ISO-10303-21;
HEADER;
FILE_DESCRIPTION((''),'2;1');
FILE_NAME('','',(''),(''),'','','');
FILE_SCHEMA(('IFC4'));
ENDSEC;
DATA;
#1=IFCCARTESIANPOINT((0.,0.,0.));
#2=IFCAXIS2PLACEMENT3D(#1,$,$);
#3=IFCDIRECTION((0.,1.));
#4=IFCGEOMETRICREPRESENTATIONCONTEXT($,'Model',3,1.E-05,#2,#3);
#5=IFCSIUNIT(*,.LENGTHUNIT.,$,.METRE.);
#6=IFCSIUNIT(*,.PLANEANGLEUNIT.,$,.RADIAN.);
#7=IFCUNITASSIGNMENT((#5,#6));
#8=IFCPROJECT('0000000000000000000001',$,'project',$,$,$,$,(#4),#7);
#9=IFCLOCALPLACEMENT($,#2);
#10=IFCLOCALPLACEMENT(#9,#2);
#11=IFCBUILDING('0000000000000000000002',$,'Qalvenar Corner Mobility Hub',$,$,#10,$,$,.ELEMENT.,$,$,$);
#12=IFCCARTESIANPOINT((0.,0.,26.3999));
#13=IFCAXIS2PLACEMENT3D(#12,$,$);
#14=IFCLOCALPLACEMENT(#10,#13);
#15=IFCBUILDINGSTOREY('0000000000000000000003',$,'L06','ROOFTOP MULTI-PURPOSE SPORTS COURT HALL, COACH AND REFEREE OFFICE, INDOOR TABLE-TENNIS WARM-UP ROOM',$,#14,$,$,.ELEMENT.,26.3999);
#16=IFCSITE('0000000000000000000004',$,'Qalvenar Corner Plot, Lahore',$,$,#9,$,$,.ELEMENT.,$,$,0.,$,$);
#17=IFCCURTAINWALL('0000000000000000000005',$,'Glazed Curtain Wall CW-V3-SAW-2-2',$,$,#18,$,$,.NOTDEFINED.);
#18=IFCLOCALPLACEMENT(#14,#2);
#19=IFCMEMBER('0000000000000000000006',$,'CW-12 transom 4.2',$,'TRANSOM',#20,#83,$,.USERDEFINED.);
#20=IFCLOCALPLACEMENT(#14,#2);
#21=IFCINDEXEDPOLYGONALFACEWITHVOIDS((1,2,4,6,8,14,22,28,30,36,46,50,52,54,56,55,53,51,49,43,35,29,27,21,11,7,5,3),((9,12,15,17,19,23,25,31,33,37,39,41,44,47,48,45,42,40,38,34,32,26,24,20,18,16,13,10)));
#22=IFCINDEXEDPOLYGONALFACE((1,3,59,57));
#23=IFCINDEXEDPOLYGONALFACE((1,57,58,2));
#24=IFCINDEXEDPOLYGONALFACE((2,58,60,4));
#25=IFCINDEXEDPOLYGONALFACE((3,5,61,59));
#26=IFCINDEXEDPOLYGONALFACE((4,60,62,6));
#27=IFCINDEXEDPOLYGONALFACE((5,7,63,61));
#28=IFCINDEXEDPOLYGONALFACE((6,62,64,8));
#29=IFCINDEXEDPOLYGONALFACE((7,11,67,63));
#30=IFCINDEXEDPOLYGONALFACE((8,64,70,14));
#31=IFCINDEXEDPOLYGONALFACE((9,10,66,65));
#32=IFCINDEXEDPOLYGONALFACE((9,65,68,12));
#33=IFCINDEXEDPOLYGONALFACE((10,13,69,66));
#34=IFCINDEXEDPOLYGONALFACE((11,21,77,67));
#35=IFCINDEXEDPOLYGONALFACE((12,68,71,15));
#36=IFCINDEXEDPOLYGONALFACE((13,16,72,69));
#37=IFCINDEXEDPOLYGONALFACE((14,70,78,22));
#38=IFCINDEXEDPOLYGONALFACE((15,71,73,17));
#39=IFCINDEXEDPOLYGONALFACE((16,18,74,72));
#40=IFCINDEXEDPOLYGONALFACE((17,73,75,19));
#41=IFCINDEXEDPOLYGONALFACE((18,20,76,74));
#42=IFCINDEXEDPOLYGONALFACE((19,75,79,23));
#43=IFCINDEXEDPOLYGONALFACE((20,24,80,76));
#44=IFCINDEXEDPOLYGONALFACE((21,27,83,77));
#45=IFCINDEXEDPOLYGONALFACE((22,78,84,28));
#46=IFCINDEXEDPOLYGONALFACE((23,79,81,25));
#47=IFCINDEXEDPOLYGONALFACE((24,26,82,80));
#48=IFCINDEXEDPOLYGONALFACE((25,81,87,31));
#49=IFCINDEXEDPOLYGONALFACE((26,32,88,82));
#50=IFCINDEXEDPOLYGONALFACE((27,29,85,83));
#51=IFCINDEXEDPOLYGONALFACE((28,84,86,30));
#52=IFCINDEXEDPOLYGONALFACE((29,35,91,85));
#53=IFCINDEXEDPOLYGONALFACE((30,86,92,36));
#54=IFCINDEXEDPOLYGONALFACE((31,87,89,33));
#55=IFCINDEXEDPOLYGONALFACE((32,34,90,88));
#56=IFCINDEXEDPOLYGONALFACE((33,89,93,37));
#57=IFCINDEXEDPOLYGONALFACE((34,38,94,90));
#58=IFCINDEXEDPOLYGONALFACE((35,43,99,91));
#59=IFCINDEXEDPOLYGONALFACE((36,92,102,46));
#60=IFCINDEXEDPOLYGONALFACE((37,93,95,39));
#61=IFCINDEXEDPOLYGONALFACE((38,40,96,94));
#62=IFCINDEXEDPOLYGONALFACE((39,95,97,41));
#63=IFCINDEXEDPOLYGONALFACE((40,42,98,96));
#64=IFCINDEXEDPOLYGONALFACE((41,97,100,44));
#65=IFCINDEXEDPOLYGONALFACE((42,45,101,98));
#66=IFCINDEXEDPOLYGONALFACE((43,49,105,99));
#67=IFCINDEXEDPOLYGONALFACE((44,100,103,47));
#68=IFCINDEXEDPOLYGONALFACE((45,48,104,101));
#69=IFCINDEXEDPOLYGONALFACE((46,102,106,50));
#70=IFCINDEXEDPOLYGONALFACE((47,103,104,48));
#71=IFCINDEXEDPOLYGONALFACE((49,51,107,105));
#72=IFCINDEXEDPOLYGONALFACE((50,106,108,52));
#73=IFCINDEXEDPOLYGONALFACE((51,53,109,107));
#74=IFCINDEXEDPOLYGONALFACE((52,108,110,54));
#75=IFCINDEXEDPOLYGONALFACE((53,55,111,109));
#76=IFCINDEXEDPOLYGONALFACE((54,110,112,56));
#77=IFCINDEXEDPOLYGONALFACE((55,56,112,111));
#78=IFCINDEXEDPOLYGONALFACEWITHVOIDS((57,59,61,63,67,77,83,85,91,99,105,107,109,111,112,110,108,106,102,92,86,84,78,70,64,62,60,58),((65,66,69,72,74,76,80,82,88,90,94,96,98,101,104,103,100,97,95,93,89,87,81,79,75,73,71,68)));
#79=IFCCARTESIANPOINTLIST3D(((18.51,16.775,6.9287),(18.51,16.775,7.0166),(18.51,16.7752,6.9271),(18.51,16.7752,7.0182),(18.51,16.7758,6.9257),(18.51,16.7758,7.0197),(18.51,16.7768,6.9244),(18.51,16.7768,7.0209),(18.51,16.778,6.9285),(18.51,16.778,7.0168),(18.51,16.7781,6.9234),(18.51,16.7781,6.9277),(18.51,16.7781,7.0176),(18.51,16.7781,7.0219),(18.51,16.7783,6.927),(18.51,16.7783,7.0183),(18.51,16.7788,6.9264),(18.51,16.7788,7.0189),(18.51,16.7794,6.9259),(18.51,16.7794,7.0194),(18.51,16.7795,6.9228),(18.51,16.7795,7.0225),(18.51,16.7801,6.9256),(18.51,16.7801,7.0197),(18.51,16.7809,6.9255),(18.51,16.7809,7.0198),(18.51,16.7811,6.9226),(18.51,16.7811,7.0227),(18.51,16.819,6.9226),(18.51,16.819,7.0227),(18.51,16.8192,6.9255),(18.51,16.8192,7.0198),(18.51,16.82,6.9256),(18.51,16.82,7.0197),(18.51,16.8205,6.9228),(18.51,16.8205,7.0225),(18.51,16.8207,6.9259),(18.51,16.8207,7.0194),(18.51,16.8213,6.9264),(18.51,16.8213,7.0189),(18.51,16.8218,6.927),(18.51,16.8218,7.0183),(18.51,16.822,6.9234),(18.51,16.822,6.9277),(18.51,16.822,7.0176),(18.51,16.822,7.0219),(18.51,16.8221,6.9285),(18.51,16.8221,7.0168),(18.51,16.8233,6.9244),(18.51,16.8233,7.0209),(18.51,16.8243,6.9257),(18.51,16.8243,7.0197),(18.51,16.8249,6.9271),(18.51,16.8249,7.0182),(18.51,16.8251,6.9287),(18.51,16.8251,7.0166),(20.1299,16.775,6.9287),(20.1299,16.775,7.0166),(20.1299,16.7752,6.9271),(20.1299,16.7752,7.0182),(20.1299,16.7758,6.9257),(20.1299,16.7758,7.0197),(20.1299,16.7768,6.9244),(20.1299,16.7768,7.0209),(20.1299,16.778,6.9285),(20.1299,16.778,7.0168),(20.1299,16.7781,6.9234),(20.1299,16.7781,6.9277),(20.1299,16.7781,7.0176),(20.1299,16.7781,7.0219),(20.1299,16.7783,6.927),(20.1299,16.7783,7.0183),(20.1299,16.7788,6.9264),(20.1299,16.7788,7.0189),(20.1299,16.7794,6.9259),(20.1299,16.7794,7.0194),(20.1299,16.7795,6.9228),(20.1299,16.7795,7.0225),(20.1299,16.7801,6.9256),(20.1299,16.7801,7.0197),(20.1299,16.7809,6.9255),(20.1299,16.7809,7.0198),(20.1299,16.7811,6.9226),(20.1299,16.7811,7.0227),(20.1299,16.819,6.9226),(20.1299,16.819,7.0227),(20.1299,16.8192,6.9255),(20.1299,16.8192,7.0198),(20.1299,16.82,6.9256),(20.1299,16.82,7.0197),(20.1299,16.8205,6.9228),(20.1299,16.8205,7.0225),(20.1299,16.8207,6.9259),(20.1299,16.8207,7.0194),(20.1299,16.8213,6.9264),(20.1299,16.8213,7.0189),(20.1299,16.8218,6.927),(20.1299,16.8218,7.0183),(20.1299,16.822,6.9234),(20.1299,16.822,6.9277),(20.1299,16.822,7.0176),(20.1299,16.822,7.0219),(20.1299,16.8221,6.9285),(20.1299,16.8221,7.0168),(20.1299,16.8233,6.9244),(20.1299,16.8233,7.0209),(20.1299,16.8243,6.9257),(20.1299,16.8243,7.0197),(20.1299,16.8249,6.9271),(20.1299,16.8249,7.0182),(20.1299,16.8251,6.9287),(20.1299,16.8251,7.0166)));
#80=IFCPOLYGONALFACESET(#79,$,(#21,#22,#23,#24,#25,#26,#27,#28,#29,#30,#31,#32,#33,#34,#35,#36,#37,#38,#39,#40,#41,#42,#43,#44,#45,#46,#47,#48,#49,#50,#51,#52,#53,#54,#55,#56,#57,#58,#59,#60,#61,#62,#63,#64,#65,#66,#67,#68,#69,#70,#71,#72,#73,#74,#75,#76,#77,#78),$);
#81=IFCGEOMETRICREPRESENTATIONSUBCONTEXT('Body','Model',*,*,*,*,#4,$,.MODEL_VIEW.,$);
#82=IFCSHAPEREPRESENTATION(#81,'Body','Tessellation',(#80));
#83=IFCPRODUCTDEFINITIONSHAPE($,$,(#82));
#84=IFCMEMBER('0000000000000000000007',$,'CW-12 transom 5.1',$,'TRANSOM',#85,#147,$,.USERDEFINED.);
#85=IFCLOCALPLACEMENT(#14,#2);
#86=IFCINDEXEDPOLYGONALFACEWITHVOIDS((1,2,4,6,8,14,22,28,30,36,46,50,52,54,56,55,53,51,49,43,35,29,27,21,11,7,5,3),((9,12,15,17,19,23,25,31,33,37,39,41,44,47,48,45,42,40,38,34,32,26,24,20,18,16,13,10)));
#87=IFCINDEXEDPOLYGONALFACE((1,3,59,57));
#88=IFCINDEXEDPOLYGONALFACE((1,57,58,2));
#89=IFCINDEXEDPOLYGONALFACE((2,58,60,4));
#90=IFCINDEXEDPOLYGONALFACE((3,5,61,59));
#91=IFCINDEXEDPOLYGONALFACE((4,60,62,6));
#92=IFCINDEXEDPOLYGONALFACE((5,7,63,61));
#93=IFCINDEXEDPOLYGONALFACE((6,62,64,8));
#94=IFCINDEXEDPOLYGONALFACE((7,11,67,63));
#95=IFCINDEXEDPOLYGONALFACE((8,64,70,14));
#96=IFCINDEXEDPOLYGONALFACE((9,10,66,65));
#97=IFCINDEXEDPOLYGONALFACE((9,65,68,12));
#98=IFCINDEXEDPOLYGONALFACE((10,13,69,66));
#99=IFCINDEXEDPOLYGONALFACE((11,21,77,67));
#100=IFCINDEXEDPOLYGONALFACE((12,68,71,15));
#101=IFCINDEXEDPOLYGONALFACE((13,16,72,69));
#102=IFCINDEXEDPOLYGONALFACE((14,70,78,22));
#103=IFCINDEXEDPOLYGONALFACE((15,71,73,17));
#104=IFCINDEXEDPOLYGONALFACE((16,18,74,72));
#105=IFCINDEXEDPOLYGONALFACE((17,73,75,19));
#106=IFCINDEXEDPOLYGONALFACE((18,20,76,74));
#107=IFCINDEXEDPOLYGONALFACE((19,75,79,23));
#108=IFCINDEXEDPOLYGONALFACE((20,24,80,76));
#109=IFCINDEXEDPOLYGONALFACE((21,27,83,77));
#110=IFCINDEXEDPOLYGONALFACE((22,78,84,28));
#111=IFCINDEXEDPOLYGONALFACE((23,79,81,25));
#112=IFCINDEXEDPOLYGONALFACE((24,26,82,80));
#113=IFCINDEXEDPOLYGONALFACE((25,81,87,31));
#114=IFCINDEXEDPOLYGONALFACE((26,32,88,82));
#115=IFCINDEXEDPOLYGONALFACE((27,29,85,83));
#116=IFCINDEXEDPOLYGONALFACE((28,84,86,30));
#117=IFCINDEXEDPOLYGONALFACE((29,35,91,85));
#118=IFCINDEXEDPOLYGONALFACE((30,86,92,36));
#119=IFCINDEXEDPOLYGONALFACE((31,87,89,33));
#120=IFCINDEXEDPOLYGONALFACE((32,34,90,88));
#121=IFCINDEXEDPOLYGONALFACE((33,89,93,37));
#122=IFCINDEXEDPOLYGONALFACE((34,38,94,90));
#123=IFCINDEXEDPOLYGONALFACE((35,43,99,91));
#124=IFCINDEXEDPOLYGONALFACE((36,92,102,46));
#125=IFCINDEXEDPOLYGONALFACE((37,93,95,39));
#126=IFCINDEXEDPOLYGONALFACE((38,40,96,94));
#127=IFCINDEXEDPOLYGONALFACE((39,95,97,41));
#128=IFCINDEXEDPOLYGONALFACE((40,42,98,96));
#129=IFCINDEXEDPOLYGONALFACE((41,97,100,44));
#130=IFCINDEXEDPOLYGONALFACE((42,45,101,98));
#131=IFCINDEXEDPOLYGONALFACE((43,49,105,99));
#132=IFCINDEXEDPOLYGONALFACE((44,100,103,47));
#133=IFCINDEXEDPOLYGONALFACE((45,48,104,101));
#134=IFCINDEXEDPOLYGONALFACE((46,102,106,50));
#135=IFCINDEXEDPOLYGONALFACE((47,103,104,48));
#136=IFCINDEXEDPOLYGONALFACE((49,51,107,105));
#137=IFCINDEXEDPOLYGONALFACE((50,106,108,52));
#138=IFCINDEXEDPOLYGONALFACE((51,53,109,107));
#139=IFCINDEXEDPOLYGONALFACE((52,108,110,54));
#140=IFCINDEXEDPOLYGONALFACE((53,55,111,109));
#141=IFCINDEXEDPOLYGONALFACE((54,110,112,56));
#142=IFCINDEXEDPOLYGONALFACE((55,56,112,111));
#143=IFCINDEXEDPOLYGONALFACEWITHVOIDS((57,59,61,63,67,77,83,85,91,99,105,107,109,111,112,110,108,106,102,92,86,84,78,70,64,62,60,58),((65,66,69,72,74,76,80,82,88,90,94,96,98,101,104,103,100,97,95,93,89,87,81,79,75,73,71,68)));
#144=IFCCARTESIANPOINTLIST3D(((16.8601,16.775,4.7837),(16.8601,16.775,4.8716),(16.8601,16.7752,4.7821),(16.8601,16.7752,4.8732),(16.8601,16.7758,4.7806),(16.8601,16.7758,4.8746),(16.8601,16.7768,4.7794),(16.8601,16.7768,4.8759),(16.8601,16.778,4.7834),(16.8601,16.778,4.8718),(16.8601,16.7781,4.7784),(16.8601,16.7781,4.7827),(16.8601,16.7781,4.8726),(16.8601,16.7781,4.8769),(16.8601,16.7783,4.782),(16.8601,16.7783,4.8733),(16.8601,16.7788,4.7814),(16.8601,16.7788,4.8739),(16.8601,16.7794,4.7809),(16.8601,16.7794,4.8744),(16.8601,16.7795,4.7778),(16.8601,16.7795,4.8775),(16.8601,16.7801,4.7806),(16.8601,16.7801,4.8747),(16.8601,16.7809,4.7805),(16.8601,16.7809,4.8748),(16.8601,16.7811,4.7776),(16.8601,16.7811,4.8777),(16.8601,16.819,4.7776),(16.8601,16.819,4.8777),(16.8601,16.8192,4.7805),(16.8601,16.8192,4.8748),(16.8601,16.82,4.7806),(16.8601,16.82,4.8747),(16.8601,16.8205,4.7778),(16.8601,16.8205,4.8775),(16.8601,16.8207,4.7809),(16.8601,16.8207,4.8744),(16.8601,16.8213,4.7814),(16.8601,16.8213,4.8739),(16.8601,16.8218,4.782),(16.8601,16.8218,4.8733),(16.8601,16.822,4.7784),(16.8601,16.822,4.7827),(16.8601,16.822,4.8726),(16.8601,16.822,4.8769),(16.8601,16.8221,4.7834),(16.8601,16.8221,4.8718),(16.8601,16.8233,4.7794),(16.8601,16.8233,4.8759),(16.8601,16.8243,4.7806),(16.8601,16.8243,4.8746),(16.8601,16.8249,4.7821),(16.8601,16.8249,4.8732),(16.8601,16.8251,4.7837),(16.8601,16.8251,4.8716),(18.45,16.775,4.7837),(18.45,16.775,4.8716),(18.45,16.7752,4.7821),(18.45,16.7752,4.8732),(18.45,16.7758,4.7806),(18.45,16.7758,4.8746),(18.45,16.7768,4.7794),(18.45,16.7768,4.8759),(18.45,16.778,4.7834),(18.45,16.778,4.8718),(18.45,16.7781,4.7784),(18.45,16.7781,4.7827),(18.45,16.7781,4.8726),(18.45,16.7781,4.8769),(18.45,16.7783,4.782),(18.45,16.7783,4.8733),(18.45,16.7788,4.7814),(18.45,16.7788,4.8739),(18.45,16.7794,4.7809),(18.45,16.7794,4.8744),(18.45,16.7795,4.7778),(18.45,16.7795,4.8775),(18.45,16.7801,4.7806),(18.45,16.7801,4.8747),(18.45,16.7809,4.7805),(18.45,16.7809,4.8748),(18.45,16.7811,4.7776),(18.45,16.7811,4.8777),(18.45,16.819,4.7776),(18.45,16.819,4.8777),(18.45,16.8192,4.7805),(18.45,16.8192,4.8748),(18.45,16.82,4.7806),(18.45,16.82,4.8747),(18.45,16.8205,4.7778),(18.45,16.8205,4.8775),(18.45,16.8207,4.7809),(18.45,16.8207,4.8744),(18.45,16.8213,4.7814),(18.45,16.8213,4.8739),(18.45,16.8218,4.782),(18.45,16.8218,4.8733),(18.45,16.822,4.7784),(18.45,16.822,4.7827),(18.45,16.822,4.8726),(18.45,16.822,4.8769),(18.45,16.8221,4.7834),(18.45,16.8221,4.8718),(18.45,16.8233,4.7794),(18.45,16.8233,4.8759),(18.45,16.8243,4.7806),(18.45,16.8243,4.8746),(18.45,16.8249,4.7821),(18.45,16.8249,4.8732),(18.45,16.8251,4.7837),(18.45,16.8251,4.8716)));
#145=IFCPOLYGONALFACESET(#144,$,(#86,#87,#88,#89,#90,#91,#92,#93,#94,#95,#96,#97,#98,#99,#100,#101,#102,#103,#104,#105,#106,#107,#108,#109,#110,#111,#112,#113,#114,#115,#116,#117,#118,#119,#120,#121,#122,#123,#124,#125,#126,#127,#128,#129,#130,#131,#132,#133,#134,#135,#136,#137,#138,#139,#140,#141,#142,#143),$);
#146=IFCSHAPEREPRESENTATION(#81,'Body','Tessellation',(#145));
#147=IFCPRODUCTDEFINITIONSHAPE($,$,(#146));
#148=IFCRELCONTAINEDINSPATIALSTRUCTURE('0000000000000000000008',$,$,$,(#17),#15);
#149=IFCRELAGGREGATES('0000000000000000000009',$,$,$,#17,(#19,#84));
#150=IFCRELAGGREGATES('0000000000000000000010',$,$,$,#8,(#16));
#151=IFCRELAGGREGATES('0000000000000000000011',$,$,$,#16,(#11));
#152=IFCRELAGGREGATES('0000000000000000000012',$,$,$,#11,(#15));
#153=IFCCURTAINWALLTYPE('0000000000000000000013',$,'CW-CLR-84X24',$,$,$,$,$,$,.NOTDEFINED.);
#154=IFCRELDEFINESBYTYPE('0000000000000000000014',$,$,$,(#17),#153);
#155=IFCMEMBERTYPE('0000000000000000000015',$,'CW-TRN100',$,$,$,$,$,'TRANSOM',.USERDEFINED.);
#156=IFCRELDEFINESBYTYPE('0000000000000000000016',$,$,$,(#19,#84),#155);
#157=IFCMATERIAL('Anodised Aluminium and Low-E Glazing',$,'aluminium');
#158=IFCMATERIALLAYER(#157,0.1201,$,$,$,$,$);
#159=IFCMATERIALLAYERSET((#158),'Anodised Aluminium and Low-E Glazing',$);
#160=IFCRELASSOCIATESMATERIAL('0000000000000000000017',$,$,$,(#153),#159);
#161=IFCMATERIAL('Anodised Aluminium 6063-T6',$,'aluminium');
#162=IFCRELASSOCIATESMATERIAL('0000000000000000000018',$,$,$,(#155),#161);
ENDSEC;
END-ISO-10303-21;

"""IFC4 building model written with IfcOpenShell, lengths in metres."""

from ifc_helpers import new_model, si_unit, direction, frame, origin, origin_2d, place, context, subcontext, project, spatial, hollow_rectangle, extrude, material, layer, layer_set, material_profile, profile_set, type_object, element, aggregate, save


model = new_model("IFC4")

# Units and contexts
model_context = context("Model", 3, precision=1e-05, world=origin(), true_north=direction((0.0, 1.0)))
body_context = subcontext(model_context, "Body", "Model", "MODEL_VIEW")
ifc_project = project(units=[si_unit("LENGTHUNIT", "METRE"), si_unit("PLANEANGLEUNIT", "RADIAN")], contexts=[model_context])

# Site, building, storey
site_placement = place(None, origin())
site = spatial("IfcSite", under=ifc_project, at=site_placement, Name="Qalvenar Corner Plot, Lahore", CompositionType="ELEMENT", RefElevation=0.0)
building_placement = place(site_placement, origin())
building = spatial("IfcBuilding", under=site, at=building_placement, Name="Qalvenar Corner Mobility Hub", CompositionType="ELEMENT")
storey_placement = place(building_placement, frame((0.0, 0.0, 26.3999)))
storey = spatial("IfcBuildingStorey", under=building, at=storey_placement, Name="L06", Description="ROOFTOP MULTI-PURPOSE SPORTS COURT HALL, COACH AND REFEREE OFFICE, INDOOR TABLE-TENNIS WARM-UP ROOM", CompositionType="ELEMENT", Elevation=26.3999)

# Curtain wall
ifc_material_1 = material(Name="Anodised Aluminium and Low-E Glazing", Category="aluminium")
ifc_layer_1 = layer(ifc_material_1, 0.1201)
ifc_layer_set_1 = layer_set([ifc_layer_1], Name="Anodised Aluminium and Low-E Glazing")
curtain_wall_type = type_object("IfcCurtainWallType", Name="CW-CLR-84X24", PredefinedType="NOTDEFINED", material=ifc_layer_set_1)
curtain_wall_1_placement = place(storey_placement, origin())
curtain_wall_1 = element("IfcCurtainWall", 1, at=curtain_wall_1_placement, inside=storey, type_object=curtain_wall_type, Name="Glazed Curtain Wall CW-V3-SAW-2-2", PredefinedType="NOTDEFINED")
ifc_material_2 = material(Name="Anodised Aluminium 6063-T6", Category="aluminium")

# Members
ifc_material_profile_1 = material_profile(ifc_material_2, hollow_rectangle(XDim=0.05, YDim=0.1001, WallThickness=0.0029, InnerFilletRadius=0.0029, OuterFilletRadius=0.0061, at=origin_2d()), Name="RHS100x50x3")
ifc_profile_set_1 = profile_set([ifc_material_profile_1], Name="Anodised Aluminium 6063-T6")
member_type_1 = type_object("IfcMemberType", Name="CW-TRN100", ElementType="TRANSOM", PredefinedType="USERDEFINED", material=ifc_profile_set_1)
member_1_placement = place(storey_placement, frame((20.1299, 16.8, 6.9727), z_axis=(-1.0, 0.0, 0.0), x_axis=(0.0, -1.0, 0.0)))
member_1 = element("IfcMember", 2, at=member_1_placement, type_object=member_type_1, Name="CW-12 transom 4.2", ObjectType="TRANSOM", PredefinedType="USERDEFINED", context=body_context, shape_type="SweptSolid", body=[
    extrude(hollow_rectangle(XDim=0.05, YDim=0.1001, WallThickness=0.0029, InnerFilletRadius=0.0029, OuterFilletRadius=0.0061, at=origin_2d()), origin(), (0.0, 0.0, 1.0), 1.6199),
])
member_2_placement = place(storey_placement, frame((18.45, 16.8, 4.8276), z_axis=(-1.0, 0.0, 0.0), x_axis=(0.0, -1.0, 0.0)))
member_2 = element("IfcMember", 3, at=member_2_placement, type_object=member_type_1, Name="CW-12 transom 5.1", ObjectType="TRANSOM", PredefinedType="USERDEFINED", context=body_context, shape_type="SweptSolid", body=[
    extrude(hollow_rectangle(XDim=0.05, YDim=0.1001, WallThickness=0.0029, InnerFilletRadius=0.0029, OuterFilletRadius=0.0061, at=origin_2d()), origin(), (0.0, 0.0, 1.0), 1.5898),
])

aggregate(curtain_wall_1, [member_1, member_2])

save(model, "model.ifc")
